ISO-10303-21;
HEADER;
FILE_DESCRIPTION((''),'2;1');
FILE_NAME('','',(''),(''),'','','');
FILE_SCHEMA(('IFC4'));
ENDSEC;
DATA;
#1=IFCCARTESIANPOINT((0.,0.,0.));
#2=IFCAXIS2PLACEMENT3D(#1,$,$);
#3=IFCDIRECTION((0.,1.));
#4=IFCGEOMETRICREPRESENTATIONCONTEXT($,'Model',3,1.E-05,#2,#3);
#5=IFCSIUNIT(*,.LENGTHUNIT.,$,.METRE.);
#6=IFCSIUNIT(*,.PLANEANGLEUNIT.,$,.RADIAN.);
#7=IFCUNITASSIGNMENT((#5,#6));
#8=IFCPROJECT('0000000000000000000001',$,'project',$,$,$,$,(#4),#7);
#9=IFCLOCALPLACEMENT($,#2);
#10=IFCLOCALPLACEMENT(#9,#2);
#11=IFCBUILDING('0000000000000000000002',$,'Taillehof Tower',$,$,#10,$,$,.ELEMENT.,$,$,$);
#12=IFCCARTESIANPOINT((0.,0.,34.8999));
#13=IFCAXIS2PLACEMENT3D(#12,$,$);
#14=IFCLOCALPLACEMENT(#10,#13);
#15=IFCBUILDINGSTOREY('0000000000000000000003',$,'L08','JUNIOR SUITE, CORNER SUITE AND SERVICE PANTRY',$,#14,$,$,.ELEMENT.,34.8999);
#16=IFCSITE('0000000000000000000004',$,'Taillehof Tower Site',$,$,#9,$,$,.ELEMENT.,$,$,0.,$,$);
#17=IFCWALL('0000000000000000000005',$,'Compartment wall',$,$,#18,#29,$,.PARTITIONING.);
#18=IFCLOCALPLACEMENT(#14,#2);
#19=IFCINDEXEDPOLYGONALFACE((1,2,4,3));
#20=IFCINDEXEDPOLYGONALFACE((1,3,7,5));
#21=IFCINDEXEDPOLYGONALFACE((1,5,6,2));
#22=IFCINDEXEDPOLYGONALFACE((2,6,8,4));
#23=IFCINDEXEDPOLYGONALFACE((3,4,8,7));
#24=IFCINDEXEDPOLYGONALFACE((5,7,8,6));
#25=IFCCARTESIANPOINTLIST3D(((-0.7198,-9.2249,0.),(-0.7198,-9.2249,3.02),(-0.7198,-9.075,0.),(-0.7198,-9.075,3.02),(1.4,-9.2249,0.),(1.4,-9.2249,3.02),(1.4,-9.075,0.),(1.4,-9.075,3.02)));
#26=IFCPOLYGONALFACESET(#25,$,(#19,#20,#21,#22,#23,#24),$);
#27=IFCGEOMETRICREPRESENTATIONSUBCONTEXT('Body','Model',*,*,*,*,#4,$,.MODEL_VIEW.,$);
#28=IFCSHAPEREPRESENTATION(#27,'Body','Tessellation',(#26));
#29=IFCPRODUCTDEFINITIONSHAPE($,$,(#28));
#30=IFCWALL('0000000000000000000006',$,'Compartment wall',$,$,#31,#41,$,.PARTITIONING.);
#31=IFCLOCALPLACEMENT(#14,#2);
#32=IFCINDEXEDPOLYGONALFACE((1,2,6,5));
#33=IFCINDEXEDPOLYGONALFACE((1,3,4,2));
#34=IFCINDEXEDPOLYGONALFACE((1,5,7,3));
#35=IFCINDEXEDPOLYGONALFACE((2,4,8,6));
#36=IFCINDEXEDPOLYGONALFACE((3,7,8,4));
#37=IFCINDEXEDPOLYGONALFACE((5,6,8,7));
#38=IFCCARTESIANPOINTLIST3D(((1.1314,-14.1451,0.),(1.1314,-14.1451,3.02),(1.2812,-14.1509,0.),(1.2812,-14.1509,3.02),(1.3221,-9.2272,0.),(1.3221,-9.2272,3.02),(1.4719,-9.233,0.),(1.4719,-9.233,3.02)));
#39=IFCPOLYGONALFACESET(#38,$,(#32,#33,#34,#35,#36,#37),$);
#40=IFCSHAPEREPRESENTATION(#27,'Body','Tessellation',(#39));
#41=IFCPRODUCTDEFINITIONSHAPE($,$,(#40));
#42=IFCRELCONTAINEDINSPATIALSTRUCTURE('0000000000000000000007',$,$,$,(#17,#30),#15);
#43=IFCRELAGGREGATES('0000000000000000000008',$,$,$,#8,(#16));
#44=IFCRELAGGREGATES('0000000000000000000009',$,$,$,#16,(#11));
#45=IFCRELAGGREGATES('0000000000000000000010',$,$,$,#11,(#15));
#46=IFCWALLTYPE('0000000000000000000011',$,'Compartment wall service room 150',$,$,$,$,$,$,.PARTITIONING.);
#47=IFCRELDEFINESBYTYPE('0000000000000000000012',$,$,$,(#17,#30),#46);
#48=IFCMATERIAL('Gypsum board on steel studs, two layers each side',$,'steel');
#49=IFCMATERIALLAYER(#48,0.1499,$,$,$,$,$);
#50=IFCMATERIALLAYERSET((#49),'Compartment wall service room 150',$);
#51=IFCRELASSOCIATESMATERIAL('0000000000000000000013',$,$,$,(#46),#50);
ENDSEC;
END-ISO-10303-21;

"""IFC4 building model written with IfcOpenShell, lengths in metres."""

from ifc_helpers import new_model, si_unit, direction, frame, frame_2d, origin, place, context, subcontext, project, spatial, rectangle, extrude, material, layer, layer_set, type_object, element, save


model = new_model("IFC4")

# Units and contexts
model_context = context("Model", 3, precision=1e-05, world=origin(), true_north=direction((0.0, 1.0)))
body_context = subcontext(model_context, "Body", "Model", "MODEL_VIEW")
ifc_project = project(units=[si_unit("LENGTHUNIT", "METRE"), si_unit("PLANEANGLEUNIT", "RADIAN")], contexts=[model_context])

# Site, building, storey
site_placement = place(None, origin())
site = spatial("IfcSite", under=ifc_project, at=site_placement, Name="Taillehof Tower Site", CompositionType="ELEMENT", RefElevation=0.0)
building_placement = place(site_placement, origin())
building = spatial("IfcBuilding", under=site, at=building_placement, Name="Taillehof Tower", CompositionType="ELEMENT")
storey_placement = place(building_placement, frame((0.0, 0.0, 34.8999)))
storey = spatial("IfcBuildingStorey", under=building, at=storey_placement, Name="L08", Description="JUNIOR SUITE, CORNER SUITE AND SERVICE PANTRY", CompositionType="ELEMENT", Elevation=34.8999)

# Walls
ifc_material_1 = material(Name="Gypsum board on steel studs, two layers each side", Category="steel")
ifc_layer_1 = layer(ifc_material_1, 0.1499)
ifc_layer_set_1 = layer_set([ifc_layer_1], Name="Compartment wall service room 150")
wall_type_1 = type_object("IfcWallType", Name="Compartment wall service room 150", PredefinedType="PARTITIONING", material=ifc_layer_set_1)
wall_1_placement = place(storey_placement, frame((-0.72, -9.1499, 0.0), z_axis=(0.0, 0.0, 1.0), x_axis=(1.0, 0.0, 0.0)))
element("IfcWall", 1, at=wall_1_placement, inside=storey, type_object=wall_type_1, Name="Compartment wall", PredefinedType="PARTITIONING", context=body_context, shape_type="SweptSolid", body=[
    extrude(rectangle(XDim=2.1199, YDim=0.1499, at=frame_2d((1.0601, 0.0))), origin(), (0.0, 0.0, 1.0), 3.02),
])
wall_2_placement = place(storey_placement, frame((1.397, -9.23, 0.0), z_axis=(0.0, 0.0, 1.0), x_axis=(-0.038742, -0.999249, 0.0)))
element("IfcWall", 2, at=wall_2_placement, inside=storey, type_object=wall_type_1, Name="Compartment wall", PredefinedType="PARTITIONING", context=body_context, shape_type="SweptSolid", body=[
    extrude(rectangle(XDim=4.9216, YDim=0.1499, at=frame_2d((2.4609, 0.0))), origin(), (0.0, 0.0, 1.0), 3.02),
])

save(model, "model.ifc")
